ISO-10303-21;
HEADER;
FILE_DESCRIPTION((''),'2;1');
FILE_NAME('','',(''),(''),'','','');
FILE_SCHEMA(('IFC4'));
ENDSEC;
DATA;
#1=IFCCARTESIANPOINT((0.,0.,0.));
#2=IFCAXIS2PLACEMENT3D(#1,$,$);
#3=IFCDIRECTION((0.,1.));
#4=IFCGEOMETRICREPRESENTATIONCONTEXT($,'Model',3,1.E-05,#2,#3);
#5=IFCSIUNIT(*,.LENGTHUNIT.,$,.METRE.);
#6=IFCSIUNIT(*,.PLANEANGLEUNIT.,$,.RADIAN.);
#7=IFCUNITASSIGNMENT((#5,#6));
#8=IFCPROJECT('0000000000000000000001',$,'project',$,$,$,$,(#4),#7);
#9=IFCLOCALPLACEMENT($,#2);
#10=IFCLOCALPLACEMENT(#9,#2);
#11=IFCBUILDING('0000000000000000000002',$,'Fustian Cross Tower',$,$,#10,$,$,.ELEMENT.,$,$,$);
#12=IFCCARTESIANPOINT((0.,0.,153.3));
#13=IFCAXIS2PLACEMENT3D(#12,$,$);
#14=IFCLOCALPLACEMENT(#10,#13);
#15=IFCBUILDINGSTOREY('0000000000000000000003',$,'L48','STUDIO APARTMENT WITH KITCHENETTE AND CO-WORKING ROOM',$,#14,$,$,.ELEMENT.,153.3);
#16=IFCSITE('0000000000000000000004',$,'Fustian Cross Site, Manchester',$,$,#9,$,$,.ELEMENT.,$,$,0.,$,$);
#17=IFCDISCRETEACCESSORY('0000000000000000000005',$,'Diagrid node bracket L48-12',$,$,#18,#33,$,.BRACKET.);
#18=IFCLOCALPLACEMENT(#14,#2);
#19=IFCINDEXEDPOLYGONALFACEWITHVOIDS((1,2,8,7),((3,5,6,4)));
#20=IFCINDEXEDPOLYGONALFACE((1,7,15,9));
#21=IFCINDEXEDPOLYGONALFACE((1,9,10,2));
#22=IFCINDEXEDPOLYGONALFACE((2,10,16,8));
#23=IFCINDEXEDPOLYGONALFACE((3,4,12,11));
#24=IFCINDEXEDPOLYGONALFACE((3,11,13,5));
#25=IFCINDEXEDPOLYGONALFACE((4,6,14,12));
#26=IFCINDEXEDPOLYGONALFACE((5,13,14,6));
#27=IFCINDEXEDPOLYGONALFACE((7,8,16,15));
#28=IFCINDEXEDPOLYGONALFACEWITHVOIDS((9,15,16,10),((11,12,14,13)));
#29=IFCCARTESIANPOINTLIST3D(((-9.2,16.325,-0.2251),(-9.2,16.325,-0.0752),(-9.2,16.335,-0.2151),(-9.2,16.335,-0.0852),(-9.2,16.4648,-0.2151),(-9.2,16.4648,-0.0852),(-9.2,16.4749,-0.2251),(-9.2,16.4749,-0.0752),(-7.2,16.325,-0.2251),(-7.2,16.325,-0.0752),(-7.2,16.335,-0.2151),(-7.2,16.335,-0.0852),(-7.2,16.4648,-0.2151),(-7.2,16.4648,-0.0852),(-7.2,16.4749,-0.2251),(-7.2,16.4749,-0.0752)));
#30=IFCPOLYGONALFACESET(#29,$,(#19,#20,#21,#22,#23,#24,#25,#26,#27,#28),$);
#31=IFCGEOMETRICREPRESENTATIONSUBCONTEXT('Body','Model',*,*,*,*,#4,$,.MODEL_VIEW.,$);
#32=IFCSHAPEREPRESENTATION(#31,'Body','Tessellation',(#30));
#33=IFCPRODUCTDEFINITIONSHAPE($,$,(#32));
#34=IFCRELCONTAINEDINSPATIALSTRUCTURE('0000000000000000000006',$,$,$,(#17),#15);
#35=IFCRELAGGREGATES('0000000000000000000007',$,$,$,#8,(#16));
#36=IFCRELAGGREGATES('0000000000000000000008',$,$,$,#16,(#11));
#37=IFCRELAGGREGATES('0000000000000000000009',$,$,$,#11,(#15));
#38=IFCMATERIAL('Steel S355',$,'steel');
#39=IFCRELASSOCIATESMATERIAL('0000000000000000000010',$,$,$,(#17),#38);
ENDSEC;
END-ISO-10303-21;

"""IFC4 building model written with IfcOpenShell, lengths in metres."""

from ifc_helpers import new_model, si_unit, direction, frame, origin, origin_2d, place, context, subcontext, project, spatial, hollow_rectangle, extrude, material, element, save


model = new_model("IFC4")

# Units and contexts
model_context = context("Model", 3, precision=1e-05, world=origin(), true_north=direction((0.0, 1.0)))
body_context = subcontext(model_context, "Body", "Model", "MODEL_VIEW")
ifc_project = project(units=[si_unit("LENGTHUNIT", "METRE"), si_unit("PLANEANGLEUNIT", "RADIAN")], contexts=[model_context])

# Site, building, storey
site_placement = place(None, origin())
site = spatial("IfcSite", under=ifc_project, at=site_placement, Name="Fustian Cross Site, Manchester", CompositionType="ELEMENT", RefElevation=0.0)
building_placement = place(site_placement, origin())
building = spatial("IfcBuilding", under=site, at=building_placement, Name="Fustian Cross Tower", CompositionType="ELEMENT")
storey_placement = place(building_placement, frame((0.0, 0.0, 153.3)))
storey = spatial("IfcBuildingStorey", under=building, at=storey_placement, Name="L48", Description="STUDIO APARTMENT WITH KITCHENETTE AND CO-WORKING ROOM", CompositionType="ELEMENT", Elevation=153.3)

# Discrete accessory
ifc_material_1 = material(Name="Steel S355", Category="steel")
discrete_accessory_placement = place(storey_placement, frame((-9.2, 16.3999, -0.1501), z_axis=(1.0, 0.0, 0.0), x_axis=(0.0, 1.0, 0.0)))
element("IfcDiscreteAccessory", 1, at=discrete_accessory_placement, inside=storey, material=ifc_material_1, Name="Diagrid node bracket L48-12", PredefinedType="BRACKET", context=body_context, shape_type="SweptSolid", body=[
    extrude(hollow_rectangle(XDim=0.1499, YDim=0.1499, WallThickness=0.01, at=origin_2d()), origin(), (0.0, 0.0, 1.0), 2.0),
])

save(model, "model.ifc")
